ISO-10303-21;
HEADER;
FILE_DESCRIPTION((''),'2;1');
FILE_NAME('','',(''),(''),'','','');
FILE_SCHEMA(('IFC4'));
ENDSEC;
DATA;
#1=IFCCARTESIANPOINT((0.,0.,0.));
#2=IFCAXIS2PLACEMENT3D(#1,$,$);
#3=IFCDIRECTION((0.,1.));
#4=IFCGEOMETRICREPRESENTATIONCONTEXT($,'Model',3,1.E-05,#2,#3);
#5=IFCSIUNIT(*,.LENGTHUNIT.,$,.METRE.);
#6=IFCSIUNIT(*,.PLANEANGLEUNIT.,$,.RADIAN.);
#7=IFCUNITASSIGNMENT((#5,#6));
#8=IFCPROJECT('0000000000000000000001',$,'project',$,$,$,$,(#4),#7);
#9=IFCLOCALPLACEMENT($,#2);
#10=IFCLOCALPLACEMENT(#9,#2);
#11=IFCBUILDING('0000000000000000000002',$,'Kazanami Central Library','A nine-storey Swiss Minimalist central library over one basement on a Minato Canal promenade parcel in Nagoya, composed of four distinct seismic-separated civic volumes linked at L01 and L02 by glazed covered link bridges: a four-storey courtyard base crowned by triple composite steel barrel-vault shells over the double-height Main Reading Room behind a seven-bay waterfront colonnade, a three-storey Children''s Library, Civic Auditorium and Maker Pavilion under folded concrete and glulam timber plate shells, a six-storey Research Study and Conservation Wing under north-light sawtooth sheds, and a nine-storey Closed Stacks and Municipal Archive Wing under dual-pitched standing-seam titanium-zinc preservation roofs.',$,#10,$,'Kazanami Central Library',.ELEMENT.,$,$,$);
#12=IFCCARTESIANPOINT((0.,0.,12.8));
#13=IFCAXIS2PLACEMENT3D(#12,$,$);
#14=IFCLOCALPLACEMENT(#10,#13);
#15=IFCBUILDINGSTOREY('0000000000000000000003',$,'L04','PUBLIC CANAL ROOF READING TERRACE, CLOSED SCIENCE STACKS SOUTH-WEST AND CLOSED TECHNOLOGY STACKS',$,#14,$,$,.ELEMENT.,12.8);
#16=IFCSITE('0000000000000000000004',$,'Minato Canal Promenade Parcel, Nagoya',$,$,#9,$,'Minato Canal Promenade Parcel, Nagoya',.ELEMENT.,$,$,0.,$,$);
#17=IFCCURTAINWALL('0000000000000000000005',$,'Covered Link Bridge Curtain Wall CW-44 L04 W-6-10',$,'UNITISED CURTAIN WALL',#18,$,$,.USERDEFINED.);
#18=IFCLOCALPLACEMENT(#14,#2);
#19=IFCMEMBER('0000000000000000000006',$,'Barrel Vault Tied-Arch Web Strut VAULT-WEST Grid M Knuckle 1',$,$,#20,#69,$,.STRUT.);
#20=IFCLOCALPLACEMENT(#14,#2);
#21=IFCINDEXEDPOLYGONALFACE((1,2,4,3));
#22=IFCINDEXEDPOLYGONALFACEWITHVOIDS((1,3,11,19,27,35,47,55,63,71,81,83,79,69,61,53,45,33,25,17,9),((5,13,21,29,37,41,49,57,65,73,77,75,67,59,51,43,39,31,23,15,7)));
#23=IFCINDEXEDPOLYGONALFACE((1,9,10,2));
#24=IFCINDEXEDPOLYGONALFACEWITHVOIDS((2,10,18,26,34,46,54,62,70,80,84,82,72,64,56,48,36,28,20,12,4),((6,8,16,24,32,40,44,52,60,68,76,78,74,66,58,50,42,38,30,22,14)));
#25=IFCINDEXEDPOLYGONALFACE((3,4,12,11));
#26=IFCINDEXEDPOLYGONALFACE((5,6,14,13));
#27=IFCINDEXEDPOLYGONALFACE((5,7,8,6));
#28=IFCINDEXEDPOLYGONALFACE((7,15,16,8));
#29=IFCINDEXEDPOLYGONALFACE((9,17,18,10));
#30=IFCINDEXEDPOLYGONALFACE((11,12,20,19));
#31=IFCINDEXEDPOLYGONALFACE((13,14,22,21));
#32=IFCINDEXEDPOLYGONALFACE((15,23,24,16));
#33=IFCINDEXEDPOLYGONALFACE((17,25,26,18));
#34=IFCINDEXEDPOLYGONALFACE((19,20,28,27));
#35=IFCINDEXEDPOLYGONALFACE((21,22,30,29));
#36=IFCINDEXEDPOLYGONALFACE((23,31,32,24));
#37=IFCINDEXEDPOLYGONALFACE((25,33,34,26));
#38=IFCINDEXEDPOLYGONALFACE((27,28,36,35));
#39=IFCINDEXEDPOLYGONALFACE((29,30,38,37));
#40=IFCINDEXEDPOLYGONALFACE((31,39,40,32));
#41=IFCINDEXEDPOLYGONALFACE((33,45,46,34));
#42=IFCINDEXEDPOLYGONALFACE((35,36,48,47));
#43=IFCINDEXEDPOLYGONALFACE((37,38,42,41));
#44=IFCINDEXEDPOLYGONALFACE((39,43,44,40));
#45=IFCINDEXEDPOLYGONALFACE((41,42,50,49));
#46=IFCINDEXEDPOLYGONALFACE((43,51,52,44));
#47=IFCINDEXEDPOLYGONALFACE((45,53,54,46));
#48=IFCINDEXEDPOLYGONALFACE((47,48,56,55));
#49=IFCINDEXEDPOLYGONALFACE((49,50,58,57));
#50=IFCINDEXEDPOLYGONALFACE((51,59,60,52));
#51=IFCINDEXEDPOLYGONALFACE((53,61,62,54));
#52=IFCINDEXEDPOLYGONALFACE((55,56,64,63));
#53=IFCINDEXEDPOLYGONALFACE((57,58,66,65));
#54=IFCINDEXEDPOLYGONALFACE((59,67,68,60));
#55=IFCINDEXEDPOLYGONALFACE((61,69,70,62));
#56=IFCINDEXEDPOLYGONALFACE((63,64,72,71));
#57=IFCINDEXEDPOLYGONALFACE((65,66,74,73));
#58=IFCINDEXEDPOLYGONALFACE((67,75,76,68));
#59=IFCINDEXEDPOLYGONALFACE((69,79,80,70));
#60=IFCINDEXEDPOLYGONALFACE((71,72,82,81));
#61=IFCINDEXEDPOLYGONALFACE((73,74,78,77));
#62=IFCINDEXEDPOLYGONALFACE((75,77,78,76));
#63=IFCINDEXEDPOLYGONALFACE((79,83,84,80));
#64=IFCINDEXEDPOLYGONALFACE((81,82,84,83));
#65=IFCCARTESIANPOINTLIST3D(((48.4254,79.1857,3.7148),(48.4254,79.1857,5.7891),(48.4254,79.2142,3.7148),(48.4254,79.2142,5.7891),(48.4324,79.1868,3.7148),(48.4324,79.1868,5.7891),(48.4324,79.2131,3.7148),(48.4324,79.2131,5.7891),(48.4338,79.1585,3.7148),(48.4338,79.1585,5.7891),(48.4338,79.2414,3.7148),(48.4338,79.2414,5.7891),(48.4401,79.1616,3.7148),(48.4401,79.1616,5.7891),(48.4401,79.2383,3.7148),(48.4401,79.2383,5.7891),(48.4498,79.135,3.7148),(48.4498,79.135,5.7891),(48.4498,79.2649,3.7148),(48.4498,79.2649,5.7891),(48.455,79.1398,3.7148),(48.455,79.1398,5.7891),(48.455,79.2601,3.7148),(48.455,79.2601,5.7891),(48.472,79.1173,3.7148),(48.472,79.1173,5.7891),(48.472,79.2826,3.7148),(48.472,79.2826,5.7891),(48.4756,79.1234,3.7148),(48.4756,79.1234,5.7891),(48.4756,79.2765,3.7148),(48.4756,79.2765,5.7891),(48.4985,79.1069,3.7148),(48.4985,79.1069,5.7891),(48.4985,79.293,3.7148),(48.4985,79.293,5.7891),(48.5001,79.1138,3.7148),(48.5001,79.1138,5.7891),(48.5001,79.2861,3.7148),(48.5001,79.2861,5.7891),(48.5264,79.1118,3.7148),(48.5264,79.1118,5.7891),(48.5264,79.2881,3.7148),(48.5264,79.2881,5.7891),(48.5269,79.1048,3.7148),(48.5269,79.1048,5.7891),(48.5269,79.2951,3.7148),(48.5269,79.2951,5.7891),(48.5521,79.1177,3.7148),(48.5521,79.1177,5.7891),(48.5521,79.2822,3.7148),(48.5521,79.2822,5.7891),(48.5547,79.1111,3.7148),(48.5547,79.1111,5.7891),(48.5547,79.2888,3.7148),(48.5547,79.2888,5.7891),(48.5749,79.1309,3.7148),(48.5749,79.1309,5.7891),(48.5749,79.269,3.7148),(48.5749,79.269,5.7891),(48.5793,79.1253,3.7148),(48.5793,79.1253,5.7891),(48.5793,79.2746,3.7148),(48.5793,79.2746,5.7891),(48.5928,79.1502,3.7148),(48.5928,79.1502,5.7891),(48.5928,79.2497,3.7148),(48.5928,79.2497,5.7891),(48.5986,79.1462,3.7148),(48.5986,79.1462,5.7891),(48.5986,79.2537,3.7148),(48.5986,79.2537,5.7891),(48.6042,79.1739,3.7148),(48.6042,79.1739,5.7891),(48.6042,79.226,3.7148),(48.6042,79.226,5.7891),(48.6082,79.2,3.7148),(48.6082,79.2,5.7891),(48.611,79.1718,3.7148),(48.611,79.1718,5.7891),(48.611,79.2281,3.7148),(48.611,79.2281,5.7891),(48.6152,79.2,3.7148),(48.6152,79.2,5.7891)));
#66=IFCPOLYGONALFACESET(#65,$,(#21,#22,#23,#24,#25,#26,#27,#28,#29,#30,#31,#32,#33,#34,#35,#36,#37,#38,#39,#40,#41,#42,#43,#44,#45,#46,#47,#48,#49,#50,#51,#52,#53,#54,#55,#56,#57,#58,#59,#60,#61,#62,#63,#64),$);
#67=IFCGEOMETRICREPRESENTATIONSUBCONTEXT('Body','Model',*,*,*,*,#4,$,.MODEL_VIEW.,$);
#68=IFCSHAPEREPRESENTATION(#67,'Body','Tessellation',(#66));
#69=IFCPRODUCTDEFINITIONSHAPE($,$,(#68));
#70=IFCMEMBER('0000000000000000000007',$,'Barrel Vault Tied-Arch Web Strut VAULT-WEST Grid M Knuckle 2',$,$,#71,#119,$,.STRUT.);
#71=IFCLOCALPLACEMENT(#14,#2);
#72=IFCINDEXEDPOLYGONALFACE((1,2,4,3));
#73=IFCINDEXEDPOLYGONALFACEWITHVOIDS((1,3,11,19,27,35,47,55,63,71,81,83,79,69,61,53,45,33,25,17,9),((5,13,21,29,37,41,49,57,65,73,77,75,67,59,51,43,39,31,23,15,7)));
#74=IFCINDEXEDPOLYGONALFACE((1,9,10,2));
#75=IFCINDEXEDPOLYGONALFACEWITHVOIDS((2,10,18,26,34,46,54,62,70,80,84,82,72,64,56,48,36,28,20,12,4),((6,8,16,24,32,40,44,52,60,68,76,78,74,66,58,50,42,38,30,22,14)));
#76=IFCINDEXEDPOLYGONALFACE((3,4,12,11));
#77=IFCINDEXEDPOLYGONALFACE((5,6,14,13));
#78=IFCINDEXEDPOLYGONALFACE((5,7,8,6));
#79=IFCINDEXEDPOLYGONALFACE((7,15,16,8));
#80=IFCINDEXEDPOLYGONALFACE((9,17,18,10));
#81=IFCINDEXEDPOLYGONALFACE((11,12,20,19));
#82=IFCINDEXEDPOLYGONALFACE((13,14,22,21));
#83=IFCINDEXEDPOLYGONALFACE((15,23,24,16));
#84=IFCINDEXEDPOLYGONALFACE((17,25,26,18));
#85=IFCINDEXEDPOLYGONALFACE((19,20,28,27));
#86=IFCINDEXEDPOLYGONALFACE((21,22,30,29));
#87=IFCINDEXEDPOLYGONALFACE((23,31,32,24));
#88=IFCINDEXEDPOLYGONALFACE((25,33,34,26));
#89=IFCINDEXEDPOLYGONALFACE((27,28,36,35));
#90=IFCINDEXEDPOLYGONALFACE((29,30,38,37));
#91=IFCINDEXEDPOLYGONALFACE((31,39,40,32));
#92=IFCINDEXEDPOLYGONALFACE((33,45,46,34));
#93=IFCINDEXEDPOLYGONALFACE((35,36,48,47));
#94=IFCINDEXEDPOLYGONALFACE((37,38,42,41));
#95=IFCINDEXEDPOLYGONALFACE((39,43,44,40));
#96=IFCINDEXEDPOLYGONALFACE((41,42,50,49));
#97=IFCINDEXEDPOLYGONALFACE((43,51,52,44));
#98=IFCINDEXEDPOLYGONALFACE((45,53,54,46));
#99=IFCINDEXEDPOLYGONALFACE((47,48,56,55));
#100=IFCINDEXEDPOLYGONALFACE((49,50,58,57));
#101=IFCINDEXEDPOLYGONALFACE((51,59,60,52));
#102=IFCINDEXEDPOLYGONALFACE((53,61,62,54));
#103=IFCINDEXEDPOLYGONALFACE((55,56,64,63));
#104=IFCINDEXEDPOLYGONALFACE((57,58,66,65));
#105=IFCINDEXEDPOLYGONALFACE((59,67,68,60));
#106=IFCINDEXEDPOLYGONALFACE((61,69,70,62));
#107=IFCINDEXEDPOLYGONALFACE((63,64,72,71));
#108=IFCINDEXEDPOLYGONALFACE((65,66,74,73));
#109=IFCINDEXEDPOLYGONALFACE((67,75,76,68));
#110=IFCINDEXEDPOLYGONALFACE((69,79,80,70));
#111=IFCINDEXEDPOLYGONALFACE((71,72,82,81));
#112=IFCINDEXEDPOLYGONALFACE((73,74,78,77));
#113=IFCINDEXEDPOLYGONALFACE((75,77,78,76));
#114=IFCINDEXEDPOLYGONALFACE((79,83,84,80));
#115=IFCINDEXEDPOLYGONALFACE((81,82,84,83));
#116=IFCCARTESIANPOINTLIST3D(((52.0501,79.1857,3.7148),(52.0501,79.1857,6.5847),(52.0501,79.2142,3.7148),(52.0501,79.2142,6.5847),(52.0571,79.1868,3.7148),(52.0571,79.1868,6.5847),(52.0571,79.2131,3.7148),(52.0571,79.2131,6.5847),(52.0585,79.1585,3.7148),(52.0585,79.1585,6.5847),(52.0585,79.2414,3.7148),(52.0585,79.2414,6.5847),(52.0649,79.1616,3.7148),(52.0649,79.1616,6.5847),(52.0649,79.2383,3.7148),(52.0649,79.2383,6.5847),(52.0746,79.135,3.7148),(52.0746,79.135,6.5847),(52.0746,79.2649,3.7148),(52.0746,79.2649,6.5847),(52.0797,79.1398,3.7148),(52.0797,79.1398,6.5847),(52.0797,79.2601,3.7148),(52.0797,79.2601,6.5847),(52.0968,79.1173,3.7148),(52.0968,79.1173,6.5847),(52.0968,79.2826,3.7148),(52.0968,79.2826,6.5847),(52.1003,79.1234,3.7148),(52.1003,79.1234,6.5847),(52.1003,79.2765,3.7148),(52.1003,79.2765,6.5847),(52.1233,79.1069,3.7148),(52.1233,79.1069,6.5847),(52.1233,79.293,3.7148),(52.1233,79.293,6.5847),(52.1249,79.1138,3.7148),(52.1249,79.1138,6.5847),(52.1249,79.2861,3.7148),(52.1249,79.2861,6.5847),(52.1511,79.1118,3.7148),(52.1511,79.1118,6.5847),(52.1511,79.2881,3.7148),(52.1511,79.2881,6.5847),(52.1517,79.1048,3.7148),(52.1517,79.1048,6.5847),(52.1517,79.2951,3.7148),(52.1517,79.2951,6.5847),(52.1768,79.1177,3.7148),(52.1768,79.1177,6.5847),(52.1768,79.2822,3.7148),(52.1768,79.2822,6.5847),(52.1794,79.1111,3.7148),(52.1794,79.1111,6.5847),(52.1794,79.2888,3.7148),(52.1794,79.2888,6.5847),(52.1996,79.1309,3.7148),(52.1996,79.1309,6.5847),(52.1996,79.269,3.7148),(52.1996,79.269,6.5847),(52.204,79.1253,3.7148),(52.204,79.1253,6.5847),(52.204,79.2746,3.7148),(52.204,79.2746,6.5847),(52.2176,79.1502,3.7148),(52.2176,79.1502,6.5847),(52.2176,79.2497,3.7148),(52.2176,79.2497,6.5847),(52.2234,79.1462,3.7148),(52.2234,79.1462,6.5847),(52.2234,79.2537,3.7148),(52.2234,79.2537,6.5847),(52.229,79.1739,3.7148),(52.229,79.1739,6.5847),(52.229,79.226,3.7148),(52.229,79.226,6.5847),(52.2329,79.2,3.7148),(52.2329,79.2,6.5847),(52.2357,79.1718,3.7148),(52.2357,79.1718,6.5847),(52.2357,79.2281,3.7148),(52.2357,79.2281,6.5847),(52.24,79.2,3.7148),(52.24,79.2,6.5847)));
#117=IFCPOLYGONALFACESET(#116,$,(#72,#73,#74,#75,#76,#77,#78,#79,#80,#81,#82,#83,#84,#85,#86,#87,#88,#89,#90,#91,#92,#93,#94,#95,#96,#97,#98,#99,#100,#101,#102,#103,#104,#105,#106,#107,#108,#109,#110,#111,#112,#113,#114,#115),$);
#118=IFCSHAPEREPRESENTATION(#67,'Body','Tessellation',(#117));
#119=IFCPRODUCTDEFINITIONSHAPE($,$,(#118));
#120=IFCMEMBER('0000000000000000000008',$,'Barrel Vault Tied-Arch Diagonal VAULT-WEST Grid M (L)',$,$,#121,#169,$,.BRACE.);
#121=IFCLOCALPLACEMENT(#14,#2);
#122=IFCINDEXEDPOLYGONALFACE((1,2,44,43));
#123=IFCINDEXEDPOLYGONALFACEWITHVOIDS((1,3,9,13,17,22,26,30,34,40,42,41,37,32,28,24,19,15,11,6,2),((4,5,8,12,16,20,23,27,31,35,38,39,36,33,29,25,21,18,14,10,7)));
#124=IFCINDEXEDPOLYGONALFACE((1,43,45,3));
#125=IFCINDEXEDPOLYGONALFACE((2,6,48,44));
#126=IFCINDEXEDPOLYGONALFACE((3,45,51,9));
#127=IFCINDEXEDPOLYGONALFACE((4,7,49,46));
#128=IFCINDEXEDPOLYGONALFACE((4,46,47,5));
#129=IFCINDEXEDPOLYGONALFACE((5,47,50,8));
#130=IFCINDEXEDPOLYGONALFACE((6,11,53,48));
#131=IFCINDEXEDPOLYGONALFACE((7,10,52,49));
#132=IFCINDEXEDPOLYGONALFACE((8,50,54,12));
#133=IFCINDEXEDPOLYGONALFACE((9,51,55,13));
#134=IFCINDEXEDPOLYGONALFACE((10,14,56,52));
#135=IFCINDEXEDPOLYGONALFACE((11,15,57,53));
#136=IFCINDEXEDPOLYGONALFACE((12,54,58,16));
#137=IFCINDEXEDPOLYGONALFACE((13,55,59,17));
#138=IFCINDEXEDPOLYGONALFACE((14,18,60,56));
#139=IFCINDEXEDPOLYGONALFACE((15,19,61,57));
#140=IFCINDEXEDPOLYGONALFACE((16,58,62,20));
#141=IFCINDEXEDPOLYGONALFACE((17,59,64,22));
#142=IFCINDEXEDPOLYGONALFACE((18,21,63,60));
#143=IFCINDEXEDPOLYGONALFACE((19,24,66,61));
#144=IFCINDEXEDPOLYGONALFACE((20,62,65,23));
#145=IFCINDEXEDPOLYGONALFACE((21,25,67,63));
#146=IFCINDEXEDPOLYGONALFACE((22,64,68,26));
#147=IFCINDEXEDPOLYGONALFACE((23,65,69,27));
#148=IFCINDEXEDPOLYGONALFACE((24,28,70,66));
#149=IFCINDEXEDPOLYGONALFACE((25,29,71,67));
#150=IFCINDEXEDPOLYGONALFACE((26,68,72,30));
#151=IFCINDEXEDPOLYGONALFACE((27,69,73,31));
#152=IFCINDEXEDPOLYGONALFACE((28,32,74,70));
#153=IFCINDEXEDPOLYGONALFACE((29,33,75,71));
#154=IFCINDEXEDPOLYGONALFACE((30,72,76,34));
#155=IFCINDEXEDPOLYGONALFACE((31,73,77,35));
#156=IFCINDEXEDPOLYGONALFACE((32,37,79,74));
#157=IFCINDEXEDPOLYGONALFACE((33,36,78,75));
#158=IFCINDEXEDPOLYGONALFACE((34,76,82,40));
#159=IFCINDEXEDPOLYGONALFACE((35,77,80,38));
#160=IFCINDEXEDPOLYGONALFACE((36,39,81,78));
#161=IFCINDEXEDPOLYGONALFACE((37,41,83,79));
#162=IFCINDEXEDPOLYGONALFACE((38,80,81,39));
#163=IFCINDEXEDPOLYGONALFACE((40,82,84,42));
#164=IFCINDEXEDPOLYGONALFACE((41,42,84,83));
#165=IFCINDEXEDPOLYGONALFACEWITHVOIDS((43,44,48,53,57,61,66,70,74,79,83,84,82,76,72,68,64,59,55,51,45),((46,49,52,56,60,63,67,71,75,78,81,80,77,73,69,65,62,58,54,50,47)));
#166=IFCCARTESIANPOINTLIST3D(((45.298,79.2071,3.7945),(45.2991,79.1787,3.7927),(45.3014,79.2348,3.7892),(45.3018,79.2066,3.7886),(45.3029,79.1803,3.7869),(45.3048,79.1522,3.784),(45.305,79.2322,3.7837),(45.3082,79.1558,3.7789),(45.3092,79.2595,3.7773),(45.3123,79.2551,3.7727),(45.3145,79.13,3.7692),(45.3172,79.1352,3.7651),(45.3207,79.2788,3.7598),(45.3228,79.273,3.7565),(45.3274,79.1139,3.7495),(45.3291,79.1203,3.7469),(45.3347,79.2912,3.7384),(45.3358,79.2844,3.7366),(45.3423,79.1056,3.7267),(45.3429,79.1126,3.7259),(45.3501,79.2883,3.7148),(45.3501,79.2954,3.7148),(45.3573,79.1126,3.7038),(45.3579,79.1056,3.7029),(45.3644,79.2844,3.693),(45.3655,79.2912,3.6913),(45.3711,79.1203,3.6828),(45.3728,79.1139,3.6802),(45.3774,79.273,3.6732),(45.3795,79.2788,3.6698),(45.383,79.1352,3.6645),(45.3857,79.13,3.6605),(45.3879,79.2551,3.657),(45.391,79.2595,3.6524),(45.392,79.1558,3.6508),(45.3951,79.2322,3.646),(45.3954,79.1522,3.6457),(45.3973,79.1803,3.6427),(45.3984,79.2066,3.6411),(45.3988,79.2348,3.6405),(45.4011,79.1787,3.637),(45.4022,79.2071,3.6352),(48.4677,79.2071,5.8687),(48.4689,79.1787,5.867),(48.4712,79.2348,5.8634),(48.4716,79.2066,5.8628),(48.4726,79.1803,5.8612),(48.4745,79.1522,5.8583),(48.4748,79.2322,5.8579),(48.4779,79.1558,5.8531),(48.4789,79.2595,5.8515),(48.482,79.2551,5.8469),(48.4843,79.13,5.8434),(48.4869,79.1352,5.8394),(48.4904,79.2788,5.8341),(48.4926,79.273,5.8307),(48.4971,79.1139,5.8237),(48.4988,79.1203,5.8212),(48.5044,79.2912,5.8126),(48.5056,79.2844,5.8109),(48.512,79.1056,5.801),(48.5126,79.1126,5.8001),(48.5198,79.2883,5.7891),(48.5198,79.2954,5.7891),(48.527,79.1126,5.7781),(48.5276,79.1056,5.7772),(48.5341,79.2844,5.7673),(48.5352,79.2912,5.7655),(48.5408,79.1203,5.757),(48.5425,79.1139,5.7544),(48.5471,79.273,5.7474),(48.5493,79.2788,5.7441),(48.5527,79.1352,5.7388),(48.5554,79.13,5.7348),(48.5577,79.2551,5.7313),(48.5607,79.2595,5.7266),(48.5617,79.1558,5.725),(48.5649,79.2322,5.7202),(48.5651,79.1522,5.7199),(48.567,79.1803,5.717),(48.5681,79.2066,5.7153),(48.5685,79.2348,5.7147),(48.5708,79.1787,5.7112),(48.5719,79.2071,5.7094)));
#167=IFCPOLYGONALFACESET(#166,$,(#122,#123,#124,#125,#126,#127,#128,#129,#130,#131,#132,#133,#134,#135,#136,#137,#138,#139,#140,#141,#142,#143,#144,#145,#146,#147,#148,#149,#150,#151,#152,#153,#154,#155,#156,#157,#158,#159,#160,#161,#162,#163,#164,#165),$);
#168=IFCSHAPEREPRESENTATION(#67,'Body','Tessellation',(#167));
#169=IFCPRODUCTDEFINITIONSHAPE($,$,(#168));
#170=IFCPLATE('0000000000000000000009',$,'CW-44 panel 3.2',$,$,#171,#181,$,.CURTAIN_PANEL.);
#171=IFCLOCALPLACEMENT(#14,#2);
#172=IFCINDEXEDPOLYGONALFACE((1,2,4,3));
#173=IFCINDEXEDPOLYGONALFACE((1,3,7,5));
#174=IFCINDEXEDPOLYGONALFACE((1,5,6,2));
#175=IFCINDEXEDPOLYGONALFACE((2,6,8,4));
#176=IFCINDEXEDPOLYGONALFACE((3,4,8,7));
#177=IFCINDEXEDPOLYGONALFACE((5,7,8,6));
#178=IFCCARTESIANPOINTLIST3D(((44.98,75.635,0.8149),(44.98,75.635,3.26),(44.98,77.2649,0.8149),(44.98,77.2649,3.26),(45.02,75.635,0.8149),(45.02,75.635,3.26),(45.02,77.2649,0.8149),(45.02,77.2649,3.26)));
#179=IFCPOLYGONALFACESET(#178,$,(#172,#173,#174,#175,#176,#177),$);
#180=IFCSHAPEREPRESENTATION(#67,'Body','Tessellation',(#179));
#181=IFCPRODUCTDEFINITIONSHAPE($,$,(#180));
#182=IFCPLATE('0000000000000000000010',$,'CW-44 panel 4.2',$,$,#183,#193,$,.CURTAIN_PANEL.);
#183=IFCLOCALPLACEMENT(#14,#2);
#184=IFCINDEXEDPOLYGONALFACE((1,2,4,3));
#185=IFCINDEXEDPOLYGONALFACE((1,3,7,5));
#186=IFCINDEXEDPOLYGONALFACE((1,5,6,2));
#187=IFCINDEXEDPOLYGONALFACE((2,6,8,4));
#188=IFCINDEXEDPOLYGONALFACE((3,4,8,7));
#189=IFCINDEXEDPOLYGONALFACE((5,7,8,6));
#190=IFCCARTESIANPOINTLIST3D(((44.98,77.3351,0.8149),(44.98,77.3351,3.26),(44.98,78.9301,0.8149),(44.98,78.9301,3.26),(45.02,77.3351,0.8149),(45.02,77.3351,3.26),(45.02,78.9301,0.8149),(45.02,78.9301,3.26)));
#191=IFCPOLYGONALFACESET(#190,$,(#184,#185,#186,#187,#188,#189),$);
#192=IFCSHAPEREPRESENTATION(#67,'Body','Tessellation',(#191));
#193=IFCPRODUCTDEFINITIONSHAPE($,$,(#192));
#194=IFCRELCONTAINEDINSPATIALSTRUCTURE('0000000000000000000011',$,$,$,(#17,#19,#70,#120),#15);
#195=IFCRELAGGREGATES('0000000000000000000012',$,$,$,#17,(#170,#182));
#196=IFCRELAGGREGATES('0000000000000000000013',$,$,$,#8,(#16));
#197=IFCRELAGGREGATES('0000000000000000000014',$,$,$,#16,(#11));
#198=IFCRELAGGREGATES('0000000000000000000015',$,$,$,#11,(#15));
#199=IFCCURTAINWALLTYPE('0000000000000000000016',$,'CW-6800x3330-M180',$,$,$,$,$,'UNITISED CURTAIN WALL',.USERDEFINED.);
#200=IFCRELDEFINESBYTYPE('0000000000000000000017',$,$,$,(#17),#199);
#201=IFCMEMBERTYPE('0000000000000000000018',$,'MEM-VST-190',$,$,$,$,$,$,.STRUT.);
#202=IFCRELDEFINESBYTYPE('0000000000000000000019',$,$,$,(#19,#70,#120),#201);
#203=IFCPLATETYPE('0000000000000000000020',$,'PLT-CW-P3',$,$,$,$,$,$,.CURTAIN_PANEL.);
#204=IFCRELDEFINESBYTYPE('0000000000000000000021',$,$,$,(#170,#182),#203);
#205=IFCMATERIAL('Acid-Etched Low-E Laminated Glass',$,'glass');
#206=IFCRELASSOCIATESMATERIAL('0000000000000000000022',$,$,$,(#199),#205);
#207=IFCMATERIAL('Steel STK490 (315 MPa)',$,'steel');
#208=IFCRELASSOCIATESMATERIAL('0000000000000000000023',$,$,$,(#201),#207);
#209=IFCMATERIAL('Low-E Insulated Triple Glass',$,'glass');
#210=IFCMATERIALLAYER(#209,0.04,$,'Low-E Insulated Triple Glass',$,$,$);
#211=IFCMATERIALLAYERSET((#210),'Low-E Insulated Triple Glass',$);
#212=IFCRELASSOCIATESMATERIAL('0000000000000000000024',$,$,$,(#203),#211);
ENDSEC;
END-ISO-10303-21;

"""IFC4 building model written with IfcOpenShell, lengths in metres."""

from ifc_helpers import new_model, si_unit, direction, frame, origin, origin_2d, place, context, subcontext, project, spatial, rectangle, hollow_circle, extrude, material, layer, layer_set, material_profile, profile_set, type_object, element, aggregate, save


model = new_model("IFC4")

# Units and contexts
model_context = context("Model", 3, precision=1e-05, world=origin(), true_north=direction((0.0, 1.0)))
body_context = subcontext(model_context, "Body", "Model", "MODEL_VIEW")
ifc_project = project(units=[si_unit("LENGTHUNIT", "METRE"), si_unit("PLANEANGLEUNIT", "RADIAN")], contexts=[model_context])

# Site, building, storey
site_placement = place(None, origin())
site = spatial("IfcSite", under=ifc_project, at=site_placement, Name="Minato Canal Promenade Parcel, Nagoya", LongName="Minato Canal Promenade Parcel, Nagoya", CompositionType="ELEMENT", RefElevation=0.0)
building_placement = place(site_placement, origin())
building = spatial("IfcBuilding", under=site, at=building_placement, Name="Kazanami Central Library", Description="A nine-storey Swiss Minimalist central library over one basement on a Minato Canal promenade parcel in Nagoya, composed of four distinct seismic-separated civic volumes linked at L01 and L02 by glazed covered link bridges: a four-storey courtyard base crowned by triple composite steel barrel-vault shells over the double-height Main Reading Room behind a seven-bay waterfront colonnade, a three-storey Children's Library, Civic Auditorium and Maker Pavilion under folded concrete and glulam timber plate shells, a six-storey Research Study and Conservation Wing under north-light sawtooth sheds, and a nine-storey Closed Stacks and Municipal Archive Wing under dual-pitched standing-seam titanium-zinc preservation roofs.", LongName="Kazanami Central Library", CompositionType="ELEMENT")
storey_placement = place(building_placement, frame((0.0, 0.0, 12.8)))
storey = spatial("IfcBuildingStorey", under=building, at=storey_placement, Name="L04", Description="PUBLIC CANAL ROOF READING TERRACE, CLOSED SCIENCE STACKS SOUTH-WEST AND CLOSED TECHNOLOGY STACKS", CompositionType="ELEMENT", Elevation=12.8)

# Curtain wall
ifc_material_1 = material(Name="Acid-Etched Low-E Laminated Glass", Category="glass")
curtain_wall_type = type_object("IfcCurtainWallType", Name="CW-6800x3330-M180", ElementType="UNITISED CURTAIN WALL", PredefinedType="USERDEFINED", material=ifc_material_1)
curtain_wall_1_placement = place(storey_placement, origin())
curtain_wall_1 = element("IfcCurtainWall", 1, at=curtain_wall_1_placement, inside=storey, type_object=curtain_wall_type, Name="Covered Link Bridge Curtain Wall CW-44 L04 W-6-10", ObjectType="UNITISED CURTAIN WALL", PredefinedType="USERDEFINED")

# Members
ifc_material_2 = material(Name="Steel STK490 (315 MPa)", Category="steel")
ifc_material_profile_1 = material_profile(ifc_material_2, hollow_circle(Radius=0.0955, WallThickness=0.0071, at=origin_2d()), Name="CHS-190.7x7.0")
ifc_profile_set_1 = profile_set([ifc_material_profile_1], Name="Steel STK490 (315 MPa)")
member_type_1 = type_object("IfcMemberType", Name="MEM-VST-190", PredefinedType="STRUT", material=ifc_profile_set_1)
member_1_placement = place(storey_placement, frame((48.5198, 79.2, 3.7148), z_axis=(0.0, 0.0, 1.0), x_axis=(1.0, 0.0, 0.0)))
element("IfcMember", 2, at=member_1_placement, inside=storey, type_object=member_type_1, Name="Barrel Vault Tied-Arch Web Strut VAULT-WEST Grid M Knuckle 1", PredefinedType="STRUT", context=body_context, shape_type="SweptSolid", body=[
    extrude(hollow_circle(Radius=0.0955, WallThickness=0.0071, at=origin_2d()), origin(), (0.0, 0.0, 1.0), 2.0742),
])
member_2_placement = place(storey_placement, frame((52.1445, 79.2, 3.7148), z_axis=(0.0, 0.0, 1.0), x_axis=(1.0, 0.0, 0.0)))
element("IfcMember", 3, at=member_2_placement, inside=storey, type_object=member_type_1, Name="Barrel Vault Tied-Arch Web Strut VAULT-WEST Grid M Knuckle 2", PredefinedType="STRUT", context=body_context, shape_type="SweptSolid", body=[
    extrude(hollow_circle(Radius=0.0955, WallThickness=0.0071, at=origin_2d()), origin(), (0.0, 0.0, 1.0), 2.8699),
])
member_3_placement = place(storey_placement, frame((45.3501, 79.2, 3.7148), z_axis=(0.83676, 0.0, 0.547571), x_axis=(0.0, 1.0, 0.0)))
element("IfcMember", 4, at=member_3_placement, inside=storey, type_object=member_type_1, Name="Barrel Vault Tied-Arch Diagonal VAULT-WEST Grid M (L)", PredefinedType="BRACE", context=body_context, shape_type="SweptSolid", body=[
    extrude(hollow_circle(Radius=0.0955, WallThickness=0.0071, at=origin_2d()), origin(), (0.0, 0.0, 1.0), 3.7881),
])

# Plates
ifc_material_3 = material(Name="Low-E Insulated Triple Glass", Category="glass")
ifc_layer_1 = layer(ifc_material_3, 0.04, Name="Low-E Insulated Triple Glass")
ifc_layer_set_1 = layer_set([ifc_layer_1], Name="Low-E Insulated Triple Glass")
plate_type_1 = type_object("IfcPlateType", Name="PLT-CW-P3", PredefinedType="CURTAIN_PANEL", material=ifc_layer_set_1)
plate_1_placement = place(storey_placement, frame((45.0, 76.45, 0.8149), z_axis=(0.0, 0.0, 1.0), x_axis=(0.0, 1.0, 0.0)))
plate_1 = element("IfcPlate", 5, at=plate_1_placement, type_object=plate_type_1, Name="CW-44 panel 3.2", PredefinedType="CURTAIN_PANEL", context=body_context, shape_type="SweptSolid", body=[
    extrude(rectangle(XDim=1.6299, YDim=0.04, at=origin_2d()), origin(), (0.0, 0.0, 1.0), 2.4451),
])
plate_2_placement = place(storey_placement, frame((45.0, 78.1326, 0.8149), z_axis=(0.0, 0.0, 1.0), x_axis=(0.0, 1.0, 0.0)))
plate_2 = element("IfcPlate", 6, at=plate_2_placement, type_object=plate_type_1, Name="CW-44 panel 4.2", PredefinedType="CURTAIN_PANEL", context=body_context, shape_type="SweptSolid", body=[
    extrude(rectangle(XDim=1.595, YDim=0.04, at=origin_2d()), origin(), (0.0, 0.0, 1.0), 2.4451),
])
aggregate(curtain_wall_1, [plate_1, plate_2])

save(model, "model.ifc")
